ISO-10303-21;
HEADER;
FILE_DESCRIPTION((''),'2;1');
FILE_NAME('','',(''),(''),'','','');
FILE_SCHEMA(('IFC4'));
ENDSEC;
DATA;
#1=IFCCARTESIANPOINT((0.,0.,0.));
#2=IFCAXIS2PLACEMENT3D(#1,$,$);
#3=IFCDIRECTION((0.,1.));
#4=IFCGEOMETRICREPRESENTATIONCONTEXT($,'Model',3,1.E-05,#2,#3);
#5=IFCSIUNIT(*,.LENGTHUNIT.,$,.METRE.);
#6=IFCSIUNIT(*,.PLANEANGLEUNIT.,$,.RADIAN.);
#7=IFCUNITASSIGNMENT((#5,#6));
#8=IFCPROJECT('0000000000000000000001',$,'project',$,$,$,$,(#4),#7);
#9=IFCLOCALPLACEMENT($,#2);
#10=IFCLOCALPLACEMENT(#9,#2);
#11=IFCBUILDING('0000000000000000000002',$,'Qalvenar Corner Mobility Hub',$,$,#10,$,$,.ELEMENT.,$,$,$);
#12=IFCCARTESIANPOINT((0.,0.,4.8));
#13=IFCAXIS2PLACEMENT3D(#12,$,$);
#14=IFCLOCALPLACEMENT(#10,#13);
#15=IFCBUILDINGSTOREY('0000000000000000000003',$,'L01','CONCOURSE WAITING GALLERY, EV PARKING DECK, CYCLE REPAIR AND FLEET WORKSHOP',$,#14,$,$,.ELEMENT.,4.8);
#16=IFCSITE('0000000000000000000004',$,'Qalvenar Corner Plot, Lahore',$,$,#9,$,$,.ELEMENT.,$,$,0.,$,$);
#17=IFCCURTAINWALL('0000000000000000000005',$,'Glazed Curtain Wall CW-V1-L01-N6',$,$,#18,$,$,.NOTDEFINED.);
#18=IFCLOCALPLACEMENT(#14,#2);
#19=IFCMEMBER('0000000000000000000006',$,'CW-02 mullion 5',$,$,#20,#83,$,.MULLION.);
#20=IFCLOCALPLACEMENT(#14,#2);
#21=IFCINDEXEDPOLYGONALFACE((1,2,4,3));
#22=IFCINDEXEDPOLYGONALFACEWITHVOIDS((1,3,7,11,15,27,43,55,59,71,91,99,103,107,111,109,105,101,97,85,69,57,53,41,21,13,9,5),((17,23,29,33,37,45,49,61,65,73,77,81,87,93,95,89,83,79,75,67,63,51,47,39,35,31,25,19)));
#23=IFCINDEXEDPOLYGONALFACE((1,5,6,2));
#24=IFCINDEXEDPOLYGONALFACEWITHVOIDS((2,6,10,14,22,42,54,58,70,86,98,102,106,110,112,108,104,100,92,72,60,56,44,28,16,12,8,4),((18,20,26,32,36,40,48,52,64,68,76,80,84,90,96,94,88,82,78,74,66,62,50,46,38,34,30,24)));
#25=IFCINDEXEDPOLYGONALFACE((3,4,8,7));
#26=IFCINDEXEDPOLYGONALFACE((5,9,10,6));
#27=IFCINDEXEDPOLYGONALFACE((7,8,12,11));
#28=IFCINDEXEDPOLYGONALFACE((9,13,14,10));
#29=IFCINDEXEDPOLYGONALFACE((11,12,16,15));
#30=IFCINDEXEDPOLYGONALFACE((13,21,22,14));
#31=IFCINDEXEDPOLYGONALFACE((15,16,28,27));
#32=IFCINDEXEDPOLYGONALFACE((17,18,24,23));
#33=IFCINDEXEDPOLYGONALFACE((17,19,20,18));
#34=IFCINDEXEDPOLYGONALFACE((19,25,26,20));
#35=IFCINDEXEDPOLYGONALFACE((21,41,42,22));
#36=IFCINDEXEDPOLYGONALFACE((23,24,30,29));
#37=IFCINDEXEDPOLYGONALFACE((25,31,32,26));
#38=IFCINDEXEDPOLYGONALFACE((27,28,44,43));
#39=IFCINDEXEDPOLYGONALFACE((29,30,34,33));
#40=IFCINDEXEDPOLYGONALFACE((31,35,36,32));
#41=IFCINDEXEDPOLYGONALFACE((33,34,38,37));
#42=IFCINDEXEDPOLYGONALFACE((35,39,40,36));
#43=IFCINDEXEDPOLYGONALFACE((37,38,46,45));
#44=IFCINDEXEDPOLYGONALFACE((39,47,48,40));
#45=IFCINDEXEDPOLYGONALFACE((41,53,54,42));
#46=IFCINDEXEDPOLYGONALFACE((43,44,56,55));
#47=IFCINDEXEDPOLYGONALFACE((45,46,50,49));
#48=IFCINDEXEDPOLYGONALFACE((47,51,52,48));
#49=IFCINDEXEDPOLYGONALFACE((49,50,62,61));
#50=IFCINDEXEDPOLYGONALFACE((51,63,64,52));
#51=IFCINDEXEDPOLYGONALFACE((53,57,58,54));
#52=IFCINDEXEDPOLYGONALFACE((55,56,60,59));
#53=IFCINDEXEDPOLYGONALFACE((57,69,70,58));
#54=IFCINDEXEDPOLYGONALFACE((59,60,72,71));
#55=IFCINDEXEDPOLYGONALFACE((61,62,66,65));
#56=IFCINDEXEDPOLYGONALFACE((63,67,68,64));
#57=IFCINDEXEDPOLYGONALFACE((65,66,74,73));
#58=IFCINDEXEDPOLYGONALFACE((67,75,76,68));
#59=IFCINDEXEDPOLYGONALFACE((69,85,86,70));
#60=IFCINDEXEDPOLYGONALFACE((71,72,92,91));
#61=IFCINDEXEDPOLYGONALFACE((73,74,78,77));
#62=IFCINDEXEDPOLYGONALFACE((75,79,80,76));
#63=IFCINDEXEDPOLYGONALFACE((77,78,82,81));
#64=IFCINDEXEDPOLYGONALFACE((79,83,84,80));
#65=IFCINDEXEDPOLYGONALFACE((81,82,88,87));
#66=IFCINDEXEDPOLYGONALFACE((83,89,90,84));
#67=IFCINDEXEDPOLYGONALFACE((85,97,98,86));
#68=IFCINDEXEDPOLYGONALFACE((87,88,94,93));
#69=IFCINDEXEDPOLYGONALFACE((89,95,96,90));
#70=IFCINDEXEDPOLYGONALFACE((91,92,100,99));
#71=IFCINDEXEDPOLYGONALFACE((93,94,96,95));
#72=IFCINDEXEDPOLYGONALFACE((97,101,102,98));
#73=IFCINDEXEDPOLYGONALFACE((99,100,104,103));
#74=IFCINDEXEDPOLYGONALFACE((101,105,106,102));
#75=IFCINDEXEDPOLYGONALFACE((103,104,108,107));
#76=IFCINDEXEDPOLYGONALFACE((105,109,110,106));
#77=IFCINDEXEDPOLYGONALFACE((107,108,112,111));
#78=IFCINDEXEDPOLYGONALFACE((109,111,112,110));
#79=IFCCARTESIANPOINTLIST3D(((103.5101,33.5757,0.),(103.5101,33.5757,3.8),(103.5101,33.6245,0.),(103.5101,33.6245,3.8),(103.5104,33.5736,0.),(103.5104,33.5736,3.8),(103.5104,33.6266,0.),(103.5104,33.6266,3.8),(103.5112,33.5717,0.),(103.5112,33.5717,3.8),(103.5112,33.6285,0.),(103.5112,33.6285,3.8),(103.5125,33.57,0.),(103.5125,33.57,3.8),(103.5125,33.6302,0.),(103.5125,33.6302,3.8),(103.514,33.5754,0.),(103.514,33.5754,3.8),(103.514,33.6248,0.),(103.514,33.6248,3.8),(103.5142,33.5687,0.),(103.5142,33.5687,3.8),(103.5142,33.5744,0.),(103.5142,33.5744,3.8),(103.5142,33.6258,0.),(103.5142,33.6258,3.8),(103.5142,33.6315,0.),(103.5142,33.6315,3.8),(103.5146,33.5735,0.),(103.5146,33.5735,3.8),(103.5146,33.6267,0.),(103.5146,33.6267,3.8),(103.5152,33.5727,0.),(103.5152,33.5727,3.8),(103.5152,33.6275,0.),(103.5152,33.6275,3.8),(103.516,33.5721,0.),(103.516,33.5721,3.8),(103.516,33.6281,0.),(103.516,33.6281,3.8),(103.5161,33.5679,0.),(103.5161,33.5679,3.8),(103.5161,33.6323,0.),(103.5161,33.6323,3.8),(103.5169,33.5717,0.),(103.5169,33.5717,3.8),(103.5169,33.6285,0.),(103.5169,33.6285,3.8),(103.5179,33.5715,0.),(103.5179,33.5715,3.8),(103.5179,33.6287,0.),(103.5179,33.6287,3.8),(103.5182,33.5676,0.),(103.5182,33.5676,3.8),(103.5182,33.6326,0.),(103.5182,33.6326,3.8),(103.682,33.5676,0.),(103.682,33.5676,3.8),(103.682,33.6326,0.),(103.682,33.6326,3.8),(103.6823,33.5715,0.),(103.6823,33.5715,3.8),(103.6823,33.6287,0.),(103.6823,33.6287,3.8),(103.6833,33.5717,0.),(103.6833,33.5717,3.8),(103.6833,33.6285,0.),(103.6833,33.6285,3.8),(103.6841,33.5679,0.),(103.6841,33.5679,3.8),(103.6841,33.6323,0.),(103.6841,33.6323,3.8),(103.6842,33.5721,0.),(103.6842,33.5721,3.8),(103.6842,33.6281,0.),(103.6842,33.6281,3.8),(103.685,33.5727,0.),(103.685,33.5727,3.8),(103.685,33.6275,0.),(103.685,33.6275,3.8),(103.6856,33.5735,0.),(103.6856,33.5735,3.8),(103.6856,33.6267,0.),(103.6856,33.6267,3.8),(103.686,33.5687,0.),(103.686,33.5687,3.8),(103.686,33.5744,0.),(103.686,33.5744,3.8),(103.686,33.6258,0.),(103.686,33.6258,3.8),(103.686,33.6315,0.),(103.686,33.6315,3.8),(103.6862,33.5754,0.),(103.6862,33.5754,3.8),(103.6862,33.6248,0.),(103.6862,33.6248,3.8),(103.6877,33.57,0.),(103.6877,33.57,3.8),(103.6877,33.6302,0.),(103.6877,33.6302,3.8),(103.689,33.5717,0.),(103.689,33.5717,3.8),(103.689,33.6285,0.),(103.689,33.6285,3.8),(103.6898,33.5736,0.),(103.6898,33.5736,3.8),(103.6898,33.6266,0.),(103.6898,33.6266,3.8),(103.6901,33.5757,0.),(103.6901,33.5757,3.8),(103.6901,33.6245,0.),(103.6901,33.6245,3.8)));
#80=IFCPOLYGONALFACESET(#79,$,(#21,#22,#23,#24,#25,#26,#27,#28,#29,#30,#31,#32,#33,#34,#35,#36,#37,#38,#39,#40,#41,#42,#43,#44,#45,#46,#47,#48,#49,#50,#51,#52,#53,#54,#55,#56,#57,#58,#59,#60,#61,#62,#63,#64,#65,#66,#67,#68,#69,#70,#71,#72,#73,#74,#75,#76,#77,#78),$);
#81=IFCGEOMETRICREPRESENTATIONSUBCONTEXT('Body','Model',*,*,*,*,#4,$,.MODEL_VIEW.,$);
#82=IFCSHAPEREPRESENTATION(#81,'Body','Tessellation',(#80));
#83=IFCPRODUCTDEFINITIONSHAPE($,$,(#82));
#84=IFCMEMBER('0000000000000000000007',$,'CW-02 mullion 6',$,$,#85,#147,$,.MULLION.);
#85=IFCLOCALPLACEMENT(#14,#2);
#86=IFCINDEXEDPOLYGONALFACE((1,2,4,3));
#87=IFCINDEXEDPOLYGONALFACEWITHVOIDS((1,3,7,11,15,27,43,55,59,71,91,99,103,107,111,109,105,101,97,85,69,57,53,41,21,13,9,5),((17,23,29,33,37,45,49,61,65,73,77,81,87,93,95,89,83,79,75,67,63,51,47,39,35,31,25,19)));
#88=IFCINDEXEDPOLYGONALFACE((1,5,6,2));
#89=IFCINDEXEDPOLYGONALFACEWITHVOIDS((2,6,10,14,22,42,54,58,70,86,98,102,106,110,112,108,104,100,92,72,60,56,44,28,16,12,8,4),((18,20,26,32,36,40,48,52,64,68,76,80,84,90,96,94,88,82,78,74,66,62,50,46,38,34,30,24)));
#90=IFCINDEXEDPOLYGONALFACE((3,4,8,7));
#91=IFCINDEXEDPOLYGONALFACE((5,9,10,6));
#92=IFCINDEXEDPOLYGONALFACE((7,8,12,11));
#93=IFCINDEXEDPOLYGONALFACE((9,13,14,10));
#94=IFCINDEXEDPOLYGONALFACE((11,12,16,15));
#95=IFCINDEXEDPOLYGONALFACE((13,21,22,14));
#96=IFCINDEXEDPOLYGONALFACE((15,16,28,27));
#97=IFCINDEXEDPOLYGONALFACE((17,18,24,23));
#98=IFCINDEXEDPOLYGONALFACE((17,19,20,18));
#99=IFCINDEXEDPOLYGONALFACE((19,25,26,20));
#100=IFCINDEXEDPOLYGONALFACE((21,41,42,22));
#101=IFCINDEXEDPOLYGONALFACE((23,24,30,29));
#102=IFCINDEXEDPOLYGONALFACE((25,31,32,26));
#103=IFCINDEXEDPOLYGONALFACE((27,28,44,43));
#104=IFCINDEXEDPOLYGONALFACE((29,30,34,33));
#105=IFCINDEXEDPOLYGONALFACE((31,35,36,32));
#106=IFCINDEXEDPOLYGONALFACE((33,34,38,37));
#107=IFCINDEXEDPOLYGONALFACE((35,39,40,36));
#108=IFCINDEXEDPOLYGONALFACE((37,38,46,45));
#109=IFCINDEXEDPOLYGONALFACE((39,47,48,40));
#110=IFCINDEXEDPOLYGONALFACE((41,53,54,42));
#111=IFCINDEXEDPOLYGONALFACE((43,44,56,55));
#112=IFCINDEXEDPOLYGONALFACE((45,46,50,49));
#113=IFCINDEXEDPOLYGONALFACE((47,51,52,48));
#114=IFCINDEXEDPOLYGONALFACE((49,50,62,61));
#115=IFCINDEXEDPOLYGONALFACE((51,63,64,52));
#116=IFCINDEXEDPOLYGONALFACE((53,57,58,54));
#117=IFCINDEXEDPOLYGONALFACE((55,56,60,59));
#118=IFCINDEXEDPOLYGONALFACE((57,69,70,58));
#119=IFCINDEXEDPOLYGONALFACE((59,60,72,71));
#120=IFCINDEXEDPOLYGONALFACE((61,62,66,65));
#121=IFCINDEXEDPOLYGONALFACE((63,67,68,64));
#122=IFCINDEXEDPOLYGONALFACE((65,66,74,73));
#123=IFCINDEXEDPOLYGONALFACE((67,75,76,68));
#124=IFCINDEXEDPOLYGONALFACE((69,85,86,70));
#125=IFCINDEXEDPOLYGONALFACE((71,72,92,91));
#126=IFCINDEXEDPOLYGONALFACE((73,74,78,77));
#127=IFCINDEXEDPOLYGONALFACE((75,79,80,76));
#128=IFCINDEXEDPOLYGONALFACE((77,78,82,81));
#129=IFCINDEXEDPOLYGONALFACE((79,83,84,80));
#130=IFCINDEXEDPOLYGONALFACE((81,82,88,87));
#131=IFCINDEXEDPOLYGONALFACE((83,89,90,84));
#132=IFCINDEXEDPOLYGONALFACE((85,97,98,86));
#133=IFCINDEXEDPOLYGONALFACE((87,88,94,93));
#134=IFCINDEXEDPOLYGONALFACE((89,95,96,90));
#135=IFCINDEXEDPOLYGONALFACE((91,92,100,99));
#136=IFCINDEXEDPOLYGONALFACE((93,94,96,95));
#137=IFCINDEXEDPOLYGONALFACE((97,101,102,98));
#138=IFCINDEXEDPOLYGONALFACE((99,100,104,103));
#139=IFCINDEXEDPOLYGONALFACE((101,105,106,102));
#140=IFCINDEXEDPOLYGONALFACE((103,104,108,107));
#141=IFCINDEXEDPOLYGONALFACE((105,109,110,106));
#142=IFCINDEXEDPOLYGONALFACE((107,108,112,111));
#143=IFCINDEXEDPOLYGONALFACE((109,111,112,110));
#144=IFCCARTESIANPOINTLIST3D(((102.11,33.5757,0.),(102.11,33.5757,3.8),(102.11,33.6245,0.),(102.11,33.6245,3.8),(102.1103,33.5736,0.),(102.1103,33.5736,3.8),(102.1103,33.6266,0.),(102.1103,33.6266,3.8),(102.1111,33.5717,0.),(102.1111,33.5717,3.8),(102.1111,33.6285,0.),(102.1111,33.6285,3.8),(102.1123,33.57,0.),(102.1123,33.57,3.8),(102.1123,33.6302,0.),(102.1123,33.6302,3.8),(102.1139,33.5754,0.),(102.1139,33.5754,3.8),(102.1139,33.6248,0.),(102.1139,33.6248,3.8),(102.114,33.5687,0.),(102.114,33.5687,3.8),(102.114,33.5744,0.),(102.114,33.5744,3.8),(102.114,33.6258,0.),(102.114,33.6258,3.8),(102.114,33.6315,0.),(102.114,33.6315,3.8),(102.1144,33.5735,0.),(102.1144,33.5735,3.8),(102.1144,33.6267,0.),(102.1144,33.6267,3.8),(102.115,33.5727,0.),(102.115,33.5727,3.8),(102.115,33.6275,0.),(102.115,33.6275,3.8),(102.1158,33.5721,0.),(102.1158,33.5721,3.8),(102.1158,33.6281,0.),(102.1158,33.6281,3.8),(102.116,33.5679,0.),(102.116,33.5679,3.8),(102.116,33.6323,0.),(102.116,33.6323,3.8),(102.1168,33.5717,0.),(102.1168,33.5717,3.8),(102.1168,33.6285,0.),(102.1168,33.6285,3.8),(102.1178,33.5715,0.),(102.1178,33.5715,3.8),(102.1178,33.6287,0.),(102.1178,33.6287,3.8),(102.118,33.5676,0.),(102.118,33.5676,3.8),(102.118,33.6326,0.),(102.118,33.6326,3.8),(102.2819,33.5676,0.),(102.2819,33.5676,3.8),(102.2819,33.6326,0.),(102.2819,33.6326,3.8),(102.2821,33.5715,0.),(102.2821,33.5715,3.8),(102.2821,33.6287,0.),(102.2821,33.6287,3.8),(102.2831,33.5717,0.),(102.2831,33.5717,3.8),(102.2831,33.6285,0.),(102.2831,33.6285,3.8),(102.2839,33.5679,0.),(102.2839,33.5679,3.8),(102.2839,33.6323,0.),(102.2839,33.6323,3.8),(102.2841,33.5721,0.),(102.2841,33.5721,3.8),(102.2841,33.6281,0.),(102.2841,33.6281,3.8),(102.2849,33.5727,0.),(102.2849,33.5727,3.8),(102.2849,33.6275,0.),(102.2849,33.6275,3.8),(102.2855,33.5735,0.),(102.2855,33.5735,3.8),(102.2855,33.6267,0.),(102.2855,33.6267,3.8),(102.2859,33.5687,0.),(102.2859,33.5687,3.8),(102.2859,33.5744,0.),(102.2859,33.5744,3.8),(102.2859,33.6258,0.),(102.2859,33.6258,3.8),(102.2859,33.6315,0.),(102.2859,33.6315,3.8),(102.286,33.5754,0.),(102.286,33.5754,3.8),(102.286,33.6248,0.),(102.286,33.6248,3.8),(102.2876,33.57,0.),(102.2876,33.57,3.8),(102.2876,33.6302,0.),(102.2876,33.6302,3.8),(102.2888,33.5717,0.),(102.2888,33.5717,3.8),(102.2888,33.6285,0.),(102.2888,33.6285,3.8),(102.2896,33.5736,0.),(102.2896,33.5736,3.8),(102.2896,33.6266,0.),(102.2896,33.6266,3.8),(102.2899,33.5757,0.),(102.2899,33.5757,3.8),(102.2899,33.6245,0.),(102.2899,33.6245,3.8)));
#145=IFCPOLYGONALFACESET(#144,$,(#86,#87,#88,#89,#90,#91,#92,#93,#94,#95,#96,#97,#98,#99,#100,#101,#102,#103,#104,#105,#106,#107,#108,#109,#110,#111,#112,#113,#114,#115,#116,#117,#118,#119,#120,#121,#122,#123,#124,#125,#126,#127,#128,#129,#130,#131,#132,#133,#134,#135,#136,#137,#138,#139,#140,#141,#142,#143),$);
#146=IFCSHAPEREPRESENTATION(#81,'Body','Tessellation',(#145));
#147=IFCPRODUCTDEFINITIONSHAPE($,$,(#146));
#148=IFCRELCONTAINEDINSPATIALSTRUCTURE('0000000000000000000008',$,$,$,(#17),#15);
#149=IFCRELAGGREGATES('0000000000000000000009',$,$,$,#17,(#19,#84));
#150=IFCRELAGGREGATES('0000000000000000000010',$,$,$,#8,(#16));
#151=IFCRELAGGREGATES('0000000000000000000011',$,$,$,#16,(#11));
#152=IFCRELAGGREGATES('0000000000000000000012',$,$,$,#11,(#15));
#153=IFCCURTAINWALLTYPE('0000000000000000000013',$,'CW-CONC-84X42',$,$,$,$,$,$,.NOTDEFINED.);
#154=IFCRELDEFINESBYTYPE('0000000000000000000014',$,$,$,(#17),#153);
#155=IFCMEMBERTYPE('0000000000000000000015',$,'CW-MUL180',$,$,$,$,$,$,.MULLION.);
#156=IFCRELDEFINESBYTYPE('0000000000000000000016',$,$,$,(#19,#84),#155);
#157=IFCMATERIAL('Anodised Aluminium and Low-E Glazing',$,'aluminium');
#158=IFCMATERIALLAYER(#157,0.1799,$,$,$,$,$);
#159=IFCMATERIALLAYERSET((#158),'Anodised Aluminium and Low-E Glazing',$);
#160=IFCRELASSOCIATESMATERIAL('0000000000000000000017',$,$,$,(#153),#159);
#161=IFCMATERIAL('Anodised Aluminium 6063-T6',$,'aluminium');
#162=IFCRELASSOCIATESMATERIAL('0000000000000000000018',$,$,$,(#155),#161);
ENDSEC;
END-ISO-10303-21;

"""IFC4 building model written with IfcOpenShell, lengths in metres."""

from ifc_helpers import new_model, si_unit, direction, frame, origin, origin_2d, place, context, subcontext, project, spatial, hollow_rectangle, extrude, material, layer, layer_set, material_profile, profile_set, type_object, element, aggregate, save


model = new_model("IFC4")

# Units and contexts
model_context = context("Model", 3, precision=1e-05, world=origin(), true_north=direction((0.0, 1.0)))
body_context = subcontext(model_context, "Body", "Model", "MODEL_VIEW")
ifc_project = project(units=[si_unit("LENGTHUNIT", "METRE"), si_unit("PLANEANGLEUNIT", "RADIAN")], contexts=[model_context])

# Site, building, storey
site_placement = place(None, origin())
site = spatial("IfcSite", under=ifc_project, at=site_placement, Name="Qalvenar Corner Plot, Lahore", CompositionType="ELEMENT", RefElevation=0.0)
building_placement = place(site_placement, origin())
building = spatial("IfcBuilding", under=site, at=building_placement, Name="Qalvenar Corner Mobility Hub", CompositionType="ELEMENT")
storey_placement = place(building_placement, frame((0.0, 0.0, 4.8)))
storey = spatial("IfcBuildingStorey", under=building, at=storey_placement, Name="L01", Description="CONCOURSE WAITING GALLERY, EV PARKING DECK, CYCLE REPAIR AND FLEET WORKSHOP", CompositionType="ELEMENT", Elevation=4.8)

# Curtain wall, members
ifc_material_1 = material(Name="Anodised Aluminium and Low-E Glazing", Category="aluminium")
ifc_layer_1 = layer(ifc_material_1, 0.1799)
ifc_layer_set_1 = layer_set([ifc_layer_1], Name="Anodised Aluminium and Low-E Glazing")
curtain_wall_type = type_object("IfcCurtainWallType", Name="CW-CONC-84X42", PredefinedType="NOTDEFINED", material=ifc_layer_set_1)
curtain_wall_placement = place(storey_placement, origin())
curtain_wall = element("IfcCurtainWall", 1, at=curtain_wall_placement, inside=storey, type_object=curtain_wall_type, Name="Glazed Curtain Wall CW-V1-L01-N6", PredefinedType="NOTDEFINED")
ifc_material_2 = material(Name="Anodised Aluminium 6063-T6", Category="aluminium")
ifc_material_profile_1 = material_profile(ifc_material_2, hollow_rectangle(XDim=0.0649, YDim=0.1799, WallThickness=0.0039, InnerFilletRadius=0.0039, OuterFilletRadius=0.0081, at=origin_2d()), Name="RHS180x65x4")
ifc_profile_set_1 = profile_set([ifc_material_profile_1], Name="Anodised Aluminium 6063-T6")
member_type_1 = type_object("IfcMemberType", Name="CW-MUL180", PredefinedType="MULLION", material=ifc_profile_set_1)
member_1_placement = place(storey_placement, frame((103.6001, 33.6001, 0.0), z_axis=(0.0, 0.0, 1.0), x_axis=(0.0, -1.0, 0.0)))
member_1 = element("IfcMember", 2, at=member_1_placement, type_object=member_type_1, Name="CW-02 mullion 5", PredefinedType="MULLION", context=body_context, shape_type="SweptSolid", body=[
    extrude(hollow_rectangle(XDim=0.0649, YDim=0.1799, WallThickness=0.0039, InnerFilletRadius=0.0039, OuterFilletRadius=0.0081, at=origin_2d()), origin(), (0.0, 0.0, 1.0), 3.8),
])
member_2_placement = place(storey_placement, frame((102.2, 33.6001, 0.0), z_axis=(0.0, 0.0, 1.0), x_axis=(0.0, -1.0, 0.0)))
member_2 = element("IfcMember", 3, at=member_2_placement, type_object=member_type_1, Name="CW-02 mullion 6", PredefinedType="MULLION", context=body_context, shape_type="SweptSolid", body=[
    extrude(hollow_rectangle(XDim=0.0649, YDim=0.1799, WallThickness=0.0039, InnerFilletRadius=0.0039, OuterFilletRadius=0.0081, at=origin_2d()), origin(), (0.0, 0.0, 1.0), 3.8),
])
aggregate(curtain_wall, [member_1, member_2])

save(model, "model.ifc")
